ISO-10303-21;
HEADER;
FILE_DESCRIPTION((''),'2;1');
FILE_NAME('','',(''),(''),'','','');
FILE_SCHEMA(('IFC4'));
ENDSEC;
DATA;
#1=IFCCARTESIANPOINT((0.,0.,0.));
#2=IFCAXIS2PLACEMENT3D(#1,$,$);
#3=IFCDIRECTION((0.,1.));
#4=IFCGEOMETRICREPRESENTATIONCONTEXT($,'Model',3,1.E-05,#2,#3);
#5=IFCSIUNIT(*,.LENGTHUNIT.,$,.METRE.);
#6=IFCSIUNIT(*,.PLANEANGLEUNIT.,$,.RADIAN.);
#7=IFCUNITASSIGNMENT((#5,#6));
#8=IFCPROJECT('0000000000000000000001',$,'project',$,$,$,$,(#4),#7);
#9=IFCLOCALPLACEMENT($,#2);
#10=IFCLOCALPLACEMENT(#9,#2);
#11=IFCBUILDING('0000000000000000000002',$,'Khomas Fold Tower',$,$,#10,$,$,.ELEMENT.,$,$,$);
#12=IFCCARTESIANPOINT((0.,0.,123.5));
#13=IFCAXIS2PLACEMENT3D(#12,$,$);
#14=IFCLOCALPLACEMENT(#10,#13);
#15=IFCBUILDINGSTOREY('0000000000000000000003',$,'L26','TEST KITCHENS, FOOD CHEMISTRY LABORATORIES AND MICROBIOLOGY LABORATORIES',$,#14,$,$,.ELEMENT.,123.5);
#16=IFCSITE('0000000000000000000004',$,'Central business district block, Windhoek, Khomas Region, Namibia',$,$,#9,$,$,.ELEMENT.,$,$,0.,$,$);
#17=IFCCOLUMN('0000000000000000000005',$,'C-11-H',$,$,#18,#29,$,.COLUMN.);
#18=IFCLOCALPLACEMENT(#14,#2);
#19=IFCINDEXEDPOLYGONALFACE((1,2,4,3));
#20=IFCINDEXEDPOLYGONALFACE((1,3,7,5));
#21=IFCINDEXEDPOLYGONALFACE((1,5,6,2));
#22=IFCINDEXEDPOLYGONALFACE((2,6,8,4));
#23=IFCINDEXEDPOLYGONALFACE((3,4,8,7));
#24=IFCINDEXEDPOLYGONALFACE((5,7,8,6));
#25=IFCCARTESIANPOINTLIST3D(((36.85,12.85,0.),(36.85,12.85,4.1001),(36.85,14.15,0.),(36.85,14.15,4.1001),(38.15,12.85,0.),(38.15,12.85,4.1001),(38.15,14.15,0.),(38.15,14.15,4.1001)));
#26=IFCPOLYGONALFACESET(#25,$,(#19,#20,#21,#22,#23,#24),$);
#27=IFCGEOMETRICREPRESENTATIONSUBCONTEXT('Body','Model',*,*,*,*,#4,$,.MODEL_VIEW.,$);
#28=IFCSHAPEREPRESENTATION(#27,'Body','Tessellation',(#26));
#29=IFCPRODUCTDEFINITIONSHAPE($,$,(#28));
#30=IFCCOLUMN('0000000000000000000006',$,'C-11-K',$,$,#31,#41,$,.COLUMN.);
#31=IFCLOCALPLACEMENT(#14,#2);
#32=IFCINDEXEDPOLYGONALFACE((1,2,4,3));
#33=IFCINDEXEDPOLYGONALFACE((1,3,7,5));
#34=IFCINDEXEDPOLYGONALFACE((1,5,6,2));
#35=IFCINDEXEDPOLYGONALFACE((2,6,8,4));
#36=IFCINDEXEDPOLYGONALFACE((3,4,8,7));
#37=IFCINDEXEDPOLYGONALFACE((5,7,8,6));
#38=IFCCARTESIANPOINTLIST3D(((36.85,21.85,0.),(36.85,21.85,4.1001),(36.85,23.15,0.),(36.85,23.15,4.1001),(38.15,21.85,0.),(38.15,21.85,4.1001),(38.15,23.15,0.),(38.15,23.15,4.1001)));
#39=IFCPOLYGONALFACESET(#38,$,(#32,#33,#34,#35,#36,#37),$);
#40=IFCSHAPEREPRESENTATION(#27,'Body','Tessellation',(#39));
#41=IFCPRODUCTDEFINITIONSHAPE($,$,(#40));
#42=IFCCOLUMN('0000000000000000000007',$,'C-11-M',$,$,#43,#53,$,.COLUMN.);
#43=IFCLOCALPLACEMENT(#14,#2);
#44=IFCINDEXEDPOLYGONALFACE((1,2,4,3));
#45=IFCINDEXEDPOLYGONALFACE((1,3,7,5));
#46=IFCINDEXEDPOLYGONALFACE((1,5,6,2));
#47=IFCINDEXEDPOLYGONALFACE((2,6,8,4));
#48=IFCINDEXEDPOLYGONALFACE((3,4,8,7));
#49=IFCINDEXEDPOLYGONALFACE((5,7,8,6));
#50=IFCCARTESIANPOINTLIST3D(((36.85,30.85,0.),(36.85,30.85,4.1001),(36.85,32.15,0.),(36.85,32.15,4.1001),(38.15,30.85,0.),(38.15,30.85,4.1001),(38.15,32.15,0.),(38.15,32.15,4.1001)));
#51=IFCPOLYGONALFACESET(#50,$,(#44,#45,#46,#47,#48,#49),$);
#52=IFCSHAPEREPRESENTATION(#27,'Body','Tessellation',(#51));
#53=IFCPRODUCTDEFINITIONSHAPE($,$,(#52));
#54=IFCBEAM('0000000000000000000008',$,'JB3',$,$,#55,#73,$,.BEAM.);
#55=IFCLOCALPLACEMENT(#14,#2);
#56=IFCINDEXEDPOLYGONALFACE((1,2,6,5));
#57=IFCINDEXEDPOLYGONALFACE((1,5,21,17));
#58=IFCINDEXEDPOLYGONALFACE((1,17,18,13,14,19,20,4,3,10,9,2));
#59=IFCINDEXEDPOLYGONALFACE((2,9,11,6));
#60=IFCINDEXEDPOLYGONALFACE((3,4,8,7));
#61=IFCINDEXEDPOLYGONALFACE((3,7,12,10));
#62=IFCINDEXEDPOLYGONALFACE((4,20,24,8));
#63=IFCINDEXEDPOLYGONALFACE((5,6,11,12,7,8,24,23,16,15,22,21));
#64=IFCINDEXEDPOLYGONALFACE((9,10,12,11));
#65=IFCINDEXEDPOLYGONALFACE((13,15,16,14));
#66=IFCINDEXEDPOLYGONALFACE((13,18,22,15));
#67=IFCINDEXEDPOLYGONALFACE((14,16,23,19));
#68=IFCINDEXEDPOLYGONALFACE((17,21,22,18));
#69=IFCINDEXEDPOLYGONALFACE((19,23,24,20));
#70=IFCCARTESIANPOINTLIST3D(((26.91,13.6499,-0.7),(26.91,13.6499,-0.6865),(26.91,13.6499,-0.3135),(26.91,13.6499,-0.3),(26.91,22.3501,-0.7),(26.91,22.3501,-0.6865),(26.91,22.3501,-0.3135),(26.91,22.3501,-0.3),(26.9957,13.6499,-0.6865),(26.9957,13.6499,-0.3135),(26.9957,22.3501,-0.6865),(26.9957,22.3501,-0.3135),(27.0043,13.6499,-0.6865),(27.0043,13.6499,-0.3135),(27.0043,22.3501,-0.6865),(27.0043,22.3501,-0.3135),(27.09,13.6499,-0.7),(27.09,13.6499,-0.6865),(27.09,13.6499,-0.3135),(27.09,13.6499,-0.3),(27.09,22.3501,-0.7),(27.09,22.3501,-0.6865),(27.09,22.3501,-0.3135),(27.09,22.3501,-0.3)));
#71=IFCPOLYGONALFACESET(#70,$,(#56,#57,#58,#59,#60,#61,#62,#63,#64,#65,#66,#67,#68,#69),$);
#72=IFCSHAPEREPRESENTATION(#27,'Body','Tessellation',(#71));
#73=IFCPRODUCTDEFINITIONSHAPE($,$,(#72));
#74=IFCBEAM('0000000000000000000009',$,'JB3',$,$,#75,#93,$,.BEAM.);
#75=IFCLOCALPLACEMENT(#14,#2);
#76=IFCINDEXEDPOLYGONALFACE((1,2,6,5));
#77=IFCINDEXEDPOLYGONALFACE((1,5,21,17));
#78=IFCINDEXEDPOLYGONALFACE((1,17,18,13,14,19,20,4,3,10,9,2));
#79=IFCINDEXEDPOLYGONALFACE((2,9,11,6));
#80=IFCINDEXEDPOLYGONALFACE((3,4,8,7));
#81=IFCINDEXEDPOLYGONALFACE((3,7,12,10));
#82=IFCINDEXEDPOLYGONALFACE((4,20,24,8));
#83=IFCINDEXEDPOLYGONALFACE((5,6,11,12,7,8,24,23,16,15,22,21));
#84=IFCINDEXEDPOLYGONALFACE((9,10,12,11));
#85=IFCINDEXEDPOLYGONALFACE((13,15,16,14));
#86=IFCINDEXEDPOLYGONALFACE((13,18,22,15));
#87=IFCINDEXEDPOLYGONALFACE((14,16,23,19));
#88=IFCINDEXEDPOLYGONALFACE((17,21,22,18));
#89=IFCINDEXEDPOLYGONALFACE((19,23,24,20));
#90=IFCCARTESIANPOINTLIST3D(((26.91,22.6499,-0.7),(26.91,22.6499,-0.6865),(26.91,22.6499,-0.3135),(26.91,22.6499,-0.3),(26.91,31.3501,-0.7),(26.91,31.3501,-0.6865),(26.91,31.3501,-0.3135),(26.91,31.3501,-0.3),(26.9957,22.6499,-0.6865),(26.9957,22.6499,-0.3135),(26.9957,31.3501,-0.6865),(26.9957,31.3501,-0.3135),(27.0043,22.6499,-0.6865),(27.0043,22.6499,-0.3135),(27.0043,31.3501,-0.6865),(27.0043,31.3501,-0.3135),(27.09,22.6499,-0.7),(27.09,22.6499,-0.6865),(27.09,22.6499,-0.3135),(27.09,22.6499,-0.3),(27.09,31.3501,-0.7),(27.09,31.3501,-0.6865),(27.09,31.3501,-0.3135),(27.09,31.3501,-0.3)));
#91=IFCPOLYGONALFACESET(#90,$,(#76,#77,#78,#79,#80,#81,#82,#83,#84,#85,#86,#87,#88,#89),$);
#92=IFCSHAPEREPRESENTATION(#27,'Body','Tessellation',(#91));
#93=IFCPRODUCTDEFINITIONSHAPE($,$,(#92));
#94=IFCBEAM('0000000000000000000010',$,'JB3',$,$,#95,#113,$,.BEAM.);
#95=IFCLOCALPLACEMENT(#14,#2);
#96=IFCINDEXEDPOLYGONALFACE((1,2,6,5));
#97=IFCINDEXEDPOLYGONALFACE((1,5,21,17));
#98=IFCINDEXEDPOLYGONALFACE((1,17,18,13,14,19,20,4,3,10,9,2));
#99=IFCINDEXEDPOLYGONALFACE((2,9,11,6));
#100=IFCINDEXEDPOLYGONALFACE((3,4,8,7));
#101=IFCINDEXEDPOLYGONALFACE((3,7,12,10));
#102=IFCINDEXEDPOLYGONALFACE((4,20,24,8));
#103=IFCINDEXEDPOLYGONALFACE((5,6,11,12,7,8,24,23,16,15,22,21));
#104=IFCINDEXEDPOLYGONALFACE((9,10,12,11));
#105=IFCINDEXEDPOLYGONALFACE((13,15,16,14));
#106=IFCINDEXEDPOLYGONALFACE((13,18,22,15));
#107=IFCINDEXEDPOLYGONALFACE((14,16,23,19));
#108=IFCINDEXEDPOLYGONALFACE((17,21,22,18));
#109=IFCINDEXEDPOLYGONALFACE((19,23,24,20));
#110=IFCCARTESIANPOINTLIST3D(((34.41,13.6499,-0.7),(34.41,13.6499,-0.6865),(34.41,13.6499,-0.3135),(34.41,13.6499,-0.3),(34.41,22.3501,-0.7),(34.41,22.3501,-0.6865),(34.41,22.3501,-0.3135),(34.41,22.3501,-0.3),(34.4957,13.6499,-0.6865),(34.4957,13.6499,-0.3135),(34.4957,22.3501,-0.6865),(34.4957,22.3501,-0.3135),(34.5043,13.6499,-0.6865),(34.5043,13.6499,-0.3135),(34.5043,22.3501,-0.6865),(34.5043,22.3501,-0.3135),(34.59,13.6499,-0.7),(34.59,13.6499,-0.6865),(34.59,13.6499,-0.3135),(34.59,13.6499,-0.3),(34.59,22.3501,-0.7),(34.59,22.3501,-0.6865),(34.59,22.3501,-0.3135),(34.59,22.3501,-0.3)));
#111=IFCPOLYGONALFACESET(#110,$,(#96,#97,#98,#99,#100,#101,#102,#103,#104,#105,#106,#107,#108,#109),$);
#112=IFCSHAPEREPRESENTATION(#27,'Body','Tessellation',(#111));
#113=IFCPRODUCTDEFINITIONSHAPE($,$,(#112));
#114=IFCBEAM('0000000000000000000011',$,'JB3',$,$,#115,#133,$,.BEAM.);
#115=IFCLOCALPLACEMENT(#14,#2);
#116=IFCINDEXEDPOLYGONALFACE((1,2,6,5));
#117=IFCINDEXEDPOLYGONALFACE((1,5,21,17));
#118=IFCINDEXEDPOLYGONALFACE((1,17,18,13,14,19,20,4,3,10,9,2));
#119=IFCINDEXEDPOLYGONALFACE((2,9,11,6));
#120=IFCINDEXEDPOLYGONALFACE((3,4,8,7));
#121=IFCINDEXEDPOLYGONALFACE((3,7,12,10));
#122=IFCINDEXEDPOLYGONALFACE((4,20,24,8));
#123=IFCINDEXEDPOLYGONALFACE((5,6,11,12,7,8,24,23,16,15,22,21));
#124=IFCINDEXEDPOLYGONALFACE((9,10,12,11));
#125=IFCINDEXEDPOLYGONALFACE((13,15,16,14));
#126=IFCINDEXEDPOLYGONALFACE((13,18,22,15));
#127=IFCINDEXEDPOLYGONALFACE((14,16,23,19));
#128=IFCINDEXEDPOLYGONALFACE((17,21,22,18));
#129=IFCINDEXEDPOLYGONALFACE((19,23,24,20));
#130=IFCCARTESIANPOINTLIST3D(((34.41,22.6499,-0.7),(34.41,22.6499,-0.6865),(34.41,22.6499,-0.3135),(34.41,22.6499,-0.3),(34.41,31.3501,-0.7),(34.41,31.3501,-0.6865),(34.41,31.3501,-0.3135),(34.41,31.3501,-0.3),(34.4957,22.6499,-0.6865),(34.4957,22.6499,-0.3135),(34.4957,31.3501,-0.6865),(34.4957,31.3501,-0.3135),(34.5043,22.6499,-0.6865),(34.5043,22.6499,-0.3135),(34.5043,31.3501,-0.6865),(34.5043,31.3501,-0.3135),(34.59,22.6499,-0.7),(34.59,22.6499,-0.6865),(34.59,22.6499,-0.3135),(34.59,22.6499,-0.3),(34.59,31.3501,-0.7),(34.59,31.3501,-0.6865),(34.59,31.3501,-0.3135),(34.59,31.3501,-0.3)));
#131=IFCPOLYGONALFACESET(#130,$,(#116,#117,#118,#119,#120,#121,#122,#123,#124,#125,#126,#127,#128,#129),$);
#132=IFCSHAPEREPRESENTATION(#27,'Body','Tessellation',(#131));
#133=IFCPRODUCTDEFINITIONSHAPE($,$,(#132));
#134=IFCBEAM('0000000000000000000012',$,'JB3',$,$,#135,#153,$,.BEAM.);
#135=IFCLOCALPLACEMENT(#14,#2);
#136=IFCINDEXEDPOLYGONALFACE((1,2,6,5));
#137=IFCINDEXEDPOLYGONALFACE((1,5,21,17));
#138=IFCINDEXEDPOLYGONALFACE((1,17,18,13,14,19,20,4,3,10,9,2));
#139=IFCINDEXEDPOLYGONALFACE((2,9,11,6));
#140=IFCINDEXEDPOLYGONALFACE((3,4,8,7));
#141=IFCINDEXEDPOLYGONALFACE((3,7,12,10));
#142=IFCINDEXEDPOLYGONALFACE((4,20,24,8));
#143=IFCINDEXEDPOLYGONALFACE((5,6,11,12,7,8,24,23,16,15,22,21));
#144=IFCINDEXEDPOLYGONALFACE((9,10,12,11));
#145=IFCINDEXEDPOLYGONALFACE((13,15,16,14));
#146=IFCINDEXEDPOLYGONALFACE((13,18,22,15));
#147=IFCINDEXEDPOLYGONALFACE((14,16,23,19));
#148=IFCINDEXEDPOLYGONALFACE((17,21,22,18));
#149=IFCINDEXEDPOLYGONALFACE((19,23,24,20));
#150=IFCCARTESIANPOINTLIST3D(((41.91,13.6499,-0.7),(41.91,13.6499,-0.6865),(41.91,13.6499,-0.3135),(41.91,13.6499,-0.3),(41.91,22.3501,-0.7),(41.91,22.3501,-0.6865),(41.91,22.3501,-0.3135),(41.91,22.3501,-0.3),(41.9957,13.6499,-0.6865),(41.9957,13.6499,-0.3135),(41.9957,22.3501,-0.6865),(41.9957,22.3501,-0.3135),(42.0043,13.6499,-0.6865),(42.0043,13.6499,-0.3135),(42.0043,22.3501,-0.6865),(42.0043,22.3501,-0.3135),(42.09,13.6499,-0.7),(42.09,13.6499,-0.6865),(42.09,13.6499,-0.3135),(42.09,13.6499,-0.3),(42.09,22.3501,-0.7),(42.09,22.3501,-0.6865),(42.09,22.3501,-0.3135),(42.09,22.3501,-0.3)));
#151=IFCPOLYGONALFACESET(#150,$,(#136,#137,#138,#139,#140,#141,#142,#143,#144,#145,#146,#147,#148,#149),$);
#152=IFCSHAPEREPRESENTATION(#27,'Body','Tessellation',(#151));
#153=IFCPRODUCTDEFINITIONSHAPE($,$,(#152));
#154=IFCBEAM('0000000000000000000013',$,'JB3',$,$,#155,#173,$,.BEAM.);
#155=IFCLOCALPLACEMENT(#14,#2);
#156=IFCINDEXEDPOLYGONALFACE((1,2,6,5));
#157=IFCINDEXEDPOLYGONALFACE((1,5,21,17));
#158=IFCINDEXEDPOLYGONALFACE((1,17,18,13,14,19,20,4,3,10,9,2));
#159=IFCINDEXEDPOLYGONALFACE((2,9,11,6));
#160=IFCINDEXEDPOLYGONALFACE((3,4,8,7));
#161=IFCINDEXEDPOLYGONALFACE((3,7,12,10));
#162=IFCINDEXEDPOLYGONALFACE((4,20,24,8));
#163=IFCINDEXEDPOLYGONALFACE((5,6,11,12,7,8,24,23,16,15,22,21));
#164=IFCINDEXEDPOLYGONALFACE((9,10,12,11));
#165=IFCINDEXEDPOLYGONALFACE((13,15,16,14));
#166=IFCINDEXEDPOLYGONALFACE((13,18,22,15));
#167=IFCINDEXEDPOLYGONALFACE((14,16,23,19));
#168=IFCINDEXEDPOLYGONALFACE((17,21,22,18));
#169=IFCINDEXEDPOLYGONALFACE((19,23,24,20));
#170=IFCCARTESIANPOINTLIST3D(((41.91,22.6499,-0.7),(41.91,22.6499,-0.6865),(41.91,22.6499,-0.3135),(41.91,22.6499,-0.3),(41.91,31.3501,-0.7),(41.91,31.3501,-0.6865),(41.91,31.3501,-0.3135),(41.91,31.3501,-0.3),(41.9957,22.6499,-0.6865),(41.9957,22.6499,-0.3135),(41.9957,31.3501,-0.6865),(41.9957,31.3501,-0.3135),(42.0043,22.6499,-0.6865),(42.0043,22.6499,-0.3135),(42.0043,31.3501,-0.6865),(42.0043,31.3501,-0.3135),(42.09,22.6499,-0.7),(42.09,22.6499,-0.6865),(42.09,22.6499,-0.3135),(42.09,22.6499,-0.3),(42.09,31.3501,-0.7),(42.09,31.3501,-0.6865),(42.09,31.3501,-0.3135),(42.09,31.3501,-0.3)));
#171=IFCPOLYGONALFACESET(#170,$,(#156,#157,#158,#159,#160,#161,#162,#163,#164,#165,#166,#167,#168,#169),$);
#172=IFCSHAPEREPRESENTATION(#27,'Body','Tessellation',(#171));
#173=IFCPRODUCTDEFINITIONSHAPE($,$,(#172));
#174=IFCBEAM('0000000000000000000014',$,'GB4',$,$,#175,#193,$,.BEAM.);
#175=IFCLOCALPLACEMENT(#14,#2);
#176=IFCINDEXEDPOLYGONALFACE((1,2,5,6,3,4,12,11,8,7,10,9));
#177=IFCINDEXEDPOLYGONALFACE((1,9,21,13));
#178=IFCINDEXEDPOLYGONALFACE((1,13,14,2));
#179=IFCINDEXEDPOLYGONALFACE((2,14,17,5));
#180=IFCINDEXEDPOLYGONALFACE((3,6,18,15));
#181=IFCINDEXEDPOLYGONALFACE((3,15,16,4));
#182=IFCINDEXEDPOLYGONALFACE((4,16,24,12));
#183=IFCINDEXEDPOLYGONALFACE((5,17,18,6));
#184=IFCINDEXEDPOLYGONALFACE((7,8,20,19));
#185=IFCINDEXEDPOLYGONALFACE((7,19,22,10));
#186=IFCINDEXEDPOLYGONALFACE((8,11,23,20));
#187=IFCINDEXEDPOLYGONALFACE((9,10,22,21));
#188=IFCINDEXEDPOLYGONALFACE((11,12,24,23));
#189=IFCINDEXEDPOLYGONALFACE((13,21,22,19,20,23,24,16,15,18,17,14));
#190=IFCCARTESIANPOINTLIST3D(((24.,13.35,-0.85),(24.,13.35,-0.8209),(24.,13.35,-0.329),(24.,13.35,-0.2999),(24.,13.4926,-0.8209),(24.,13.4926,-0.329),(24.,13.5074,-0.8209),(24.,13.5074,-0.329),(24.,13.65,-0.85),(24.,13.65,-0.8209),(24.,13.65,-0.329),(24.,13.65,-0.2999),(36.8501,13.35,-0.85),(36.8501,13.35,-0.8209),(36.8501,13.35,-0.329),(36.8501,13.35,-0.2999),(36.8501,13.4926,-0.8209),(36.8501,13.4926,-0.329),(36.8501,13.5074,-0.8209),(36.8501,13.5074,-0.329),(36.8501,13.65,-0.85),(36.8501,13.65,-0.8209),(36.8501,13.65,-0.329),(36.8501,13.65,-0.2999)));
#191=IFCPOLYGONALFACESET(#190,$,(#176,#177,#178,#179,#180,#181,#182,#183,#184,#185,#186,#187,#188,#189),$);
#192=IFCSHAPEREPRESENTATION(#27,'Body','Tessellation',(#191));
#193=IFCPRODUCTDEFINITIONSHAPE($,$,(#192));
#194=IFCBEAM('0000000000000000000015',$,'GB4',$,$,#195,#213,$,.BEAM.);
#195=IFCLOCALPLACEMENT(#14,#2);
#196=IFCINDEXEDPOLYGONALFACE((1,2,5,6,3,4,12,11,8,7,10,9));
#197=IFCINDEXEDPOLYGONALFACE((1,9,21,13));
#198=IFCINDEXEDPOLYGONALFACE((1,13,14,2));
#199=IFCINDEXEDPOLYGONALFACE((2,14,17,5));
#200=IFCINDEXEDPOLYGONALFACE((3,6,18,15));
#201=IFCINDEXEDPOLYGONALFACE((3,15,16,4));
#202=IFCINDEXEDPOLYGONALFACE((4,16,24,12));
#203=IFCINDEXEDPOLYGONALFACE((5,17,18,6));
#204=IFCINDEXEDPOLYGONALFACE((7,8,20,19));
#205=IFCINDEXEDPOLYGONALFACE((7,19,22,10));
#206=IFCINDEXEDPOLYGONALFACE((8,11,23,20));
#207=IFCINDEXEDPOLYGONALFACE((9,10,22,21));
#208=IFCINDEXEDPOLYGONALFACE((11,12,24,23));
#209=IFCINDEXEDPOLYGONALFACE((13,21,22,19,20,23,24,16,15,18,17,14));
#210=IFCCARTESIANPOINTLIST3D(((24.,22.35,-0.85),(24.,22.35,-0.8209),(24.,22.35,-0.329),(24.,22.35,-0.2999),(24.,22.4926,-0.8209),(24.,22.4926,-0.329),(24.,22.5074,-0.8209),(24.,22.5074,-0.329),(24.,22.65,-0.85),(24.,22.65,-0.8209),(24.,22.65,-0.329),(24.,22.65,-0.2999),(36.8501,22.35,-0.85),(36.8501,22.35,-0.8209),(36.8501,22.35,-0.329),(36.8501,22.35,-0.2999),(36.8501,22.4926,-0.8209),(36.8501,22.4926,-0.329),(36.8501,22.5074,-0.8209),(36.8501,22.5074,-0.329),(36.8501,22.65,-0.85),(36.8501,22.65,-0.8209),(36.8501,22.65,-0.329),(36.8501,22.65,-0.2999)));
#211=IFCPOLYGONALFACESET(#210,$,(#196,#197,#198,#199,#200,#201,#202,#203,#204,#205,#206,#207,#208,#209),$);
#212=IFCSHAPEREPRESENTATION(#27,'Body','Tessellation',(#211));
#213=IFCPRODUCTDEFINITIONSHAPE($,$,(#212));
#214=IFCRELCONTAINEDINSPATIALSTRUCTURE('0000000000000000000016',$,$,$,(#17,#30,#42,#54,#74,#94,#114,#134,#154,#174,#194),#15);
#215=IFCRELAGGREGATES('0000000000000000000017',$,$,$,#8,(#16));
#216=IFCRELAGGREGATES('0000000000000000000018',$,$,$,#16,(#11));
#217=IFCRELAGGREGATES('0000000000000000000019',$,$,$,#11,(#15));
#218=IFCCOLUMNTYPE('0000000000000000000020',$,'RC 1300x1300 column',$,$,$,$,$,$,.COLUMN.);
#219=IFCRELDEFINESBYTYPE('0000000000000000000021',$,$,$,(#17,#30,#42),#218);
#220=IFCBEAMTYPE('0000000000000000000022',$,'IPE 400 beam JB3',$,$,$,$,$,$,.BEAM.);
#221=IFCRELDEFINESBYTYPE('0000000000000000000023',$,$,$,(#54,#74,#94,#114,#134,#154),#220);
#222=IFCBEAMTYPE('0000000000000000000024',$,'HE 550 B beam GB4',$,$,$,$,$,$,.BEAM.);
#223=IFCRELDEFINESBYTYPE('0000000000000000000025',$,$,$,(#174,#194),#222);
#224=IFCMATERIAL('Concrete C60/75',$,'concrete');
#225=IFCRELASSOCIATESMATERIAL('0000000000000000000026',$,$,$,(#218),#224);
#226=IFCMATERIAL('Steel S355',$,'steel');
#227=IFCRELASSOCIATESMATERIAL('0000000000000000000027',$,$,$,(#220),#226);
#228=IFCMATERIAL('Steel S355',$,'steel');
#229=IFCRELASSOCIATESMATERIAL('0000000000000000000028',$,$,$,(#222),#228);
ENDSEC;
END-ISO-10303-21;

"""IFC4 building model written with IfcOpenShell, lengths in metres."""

from ifc_helpers import new_model, si_unit, direction, frame, origin, origin_2d, place, context, subcontext, project, spatial, rectangle, i_section, extrude, source, transform, mapped, material, material_profile, profile_set, type_object, element, save


model = new_model("IFC4")

# Units and contexts
model_context = context("Model", 3, precision=1e-05, world=origin(), true_north=direction((0.0, 1.0)))
body_context = subcontext(model_context, "Body", "Model", "MODEL_VIEW")
ifc_project = project(units=[si_unit("LENGTHUNIT", "METRE"), si_unit("PLANEANGLEUNIT", "RADIAN")], contexts=[model_context])

# Site, building, storey
site_placement = place(None, origin())
site = spatial("IfcSite", under=ifc_project, at=site_placement, Name="Central business district block, Windhoek, Khomas Region, Namibia", CompositionType="ELEMENT", RefElevation=0.0)
building_placement = place(site_placement, origin())
building = spatial("IfcBuilding", under=site, at=building_placement, Name="Khomas Fold Tower", CompositionType="ELEMENT")
storey_placement = place(building_placement, frame((0.0, 0.0, 123.5)))
storey = spatial("IfcBuildingStorey", under=building, at=storey_placement, Name="L26", Description="TEST KITCHENS, FOOD CHEMISTRY LABORATORIES AND MICROBIOLOGY LABORATORIES", CompositionType="ELEMENT", Elevation=123.5)

# Columns
ifc_material_1 = material(Name="Concrete C60/75", Category="concrete")
ifc_material_profile_1 = material_profile(ifc_material_1, rectangle(XDim=1.3, YDim=1.3, at=origin_2d()), Name="RC 1300x1300")
ifc_profile_set_1 = profile_set([ifc_material_profile_1], Name="Concrete C60/75")
column_type = type_object("IfcColumnType", Name="RC 1300x1300 column", PredefinedType="COLUMN", material=ifc_profile_set_1)
shared_shape_1 = source(origin(), body_context, "Body", "SweptSolid", [
    extrude(rectangle(XDim=1.3, YDim=1.3, at=origin_2d()), origin(), (0.0, 0.0, 1.0), 4.1001),
])
for number, where, z_axis, x_axis, name in (
    (1, (37.5, 13.5, 0.0), (0.0, 0.0, 1.0), (1.0, 0.0, 0.0), "C-11-H"),
    (2, (37.5, 22.5, 0.0), (0.0, 0.0, 1.0), (1.0, 0.0, 0.0), "C-11-K"),
    (3, (37.5, 31.5, 0.0), (0.0, 0.0, 1.0), (1.0, 0.0, 0.0), "C-11-M"),
):
    element("IfcColumn", number, at=place(storey_placement, frame(where, z_axis=z_axis, x_axis=x_axis)), inside=storey, type_object=column_type, Name=name, PredefinedType="COLUMN", context=body_context, shape_type="MappedRepresentation", body=[
        mapped(shared_shape_1, transform((0.0, 0.0, 0.0))),
    ])

# Beams
ifc_material_2 = material(Name="Steel S355", Category="steel")
ifc_material_profile_2 = material_profile(ifc_material_2, i_section(OverallWidth=0.1799, OverallDepth=0.3999, WebThickness=0.0085, FlangeThickness=0.0134, at=origin_2d()), Name="IPE 400")
ifc_profile_set_2 = profile_set([ifc_material_profile_2], Name="Steel S355")
beam_type_1 = type_object("IfcBeamType", Name="IPE 400 beam JB3", PredefinedType="BEAM", material=ifc_profile_set_2)
shared_shape_2 = source(origin(), body_context, "Body", "SweptSolid", [
    extrude(i_section(OverallWidth=0.1799, OverallDepth=0.3999, WebThickness=0.0085, FlangeThickness=0.0134, at=origin_2d()), origin(), (0.0, 0.0, 1.0), 8.7002),
])
for number, where, z_axis, x_axis, name in (
    (4, (27.0, 13.6499, -0.5), (0.0, 1.0, 0.0), (-1.0, 0.0, 0.0), "JB3"),
    (5, (27.0, 22.6499, -0.5), (0.0, 1.0, 0.0), (-1.0, 0.0, 0.0), "JB3"),
    (6, (34.5, 13.6499, -0.5), (0.0, 1.0, 0.0), (-1.0, 0.0, 0.0), "JB3"),
    (7, (34.5, 22.6499, -0.5), (0.0, 1.0, 0.0), (-1.0, 0.0, 0.0), "JB3"),
    (8, (42.0, 13.6499, -0.5), (0.0, 1.0, 0.0), (-1.0, 0.0, 0.0), "JB3"),
    (9, (42.0, 22.6499, -0.5), (0.0, 1.0, 0.0), (-1.0, 0.0, 0.0), "JB3"),
):
    element("IfcBeam", number, at=place(storey_placement, frame(where, z_axis=z_axis, x_axis=x_axis)), inside=storey, type_object=beam_type_1, Name=name, PredefinedType="BEAM", context=body_context, shape_type="MappedRepresentation", body=[
        mapped(shared_shape_2, transform((0.0, 0.0, 0.0))),
    ])
ifc_material_3 = material(Name="Steel S355", Category="steel")
ifc_material_profile_3 = material_profile(ifc_material_3, i_section(OverallWidth=0.3, OverallDepth=0.55, WebThickness=0.0149, FlangeThickness=0.0291, at=origin_2d()), Name="HE 550 B")
ifc_profile_set_3 = profile_set([ifc_material_profile_3], Name="Steel S355")
beam_type_2 = type_object("IfcBeamType", Name="HE 550 B beam GB4", PredefinedType="BEAM", material=ifc_profile_set_3)
shared_shape_3 = source(origin(), body_context, "Body", "SweptSolid", [
    extrude(i_section(OverallWidth=0.3, OverallDepth=0.55, WebThickness=0.0149, FlangeThickness=0.0291, at=origin_2d()), origin(), (0.0, 0.0, 1.0), 12.8501),
])
for number, where, z_axis, x_axis, name in (
    (10, (24.0, 13.5, -0.575), (1.0, 0.0, 0.0), (0.0, 1.0, 0.0), "GB4"),
    (11, (24.0, 22.5, -0.575), (1.0, 0.0, 0.0), (0.0, 1.0, 0.0), "GB4"),
):
    element("IfcBeam", number, at=place(storey_placement, frame(where, z_axis=z_axis, x_axis=x_axis)), inside=storey, type_object=beam_type_2, Name=name, PredefinedType="BEAM", context=body_context, shape_type="MappedRepresentation", body=[
        mapped(shared_shape_3, transform((0.0, 0.0, 0.0))),
    ])

save(model, "model.ifc")
